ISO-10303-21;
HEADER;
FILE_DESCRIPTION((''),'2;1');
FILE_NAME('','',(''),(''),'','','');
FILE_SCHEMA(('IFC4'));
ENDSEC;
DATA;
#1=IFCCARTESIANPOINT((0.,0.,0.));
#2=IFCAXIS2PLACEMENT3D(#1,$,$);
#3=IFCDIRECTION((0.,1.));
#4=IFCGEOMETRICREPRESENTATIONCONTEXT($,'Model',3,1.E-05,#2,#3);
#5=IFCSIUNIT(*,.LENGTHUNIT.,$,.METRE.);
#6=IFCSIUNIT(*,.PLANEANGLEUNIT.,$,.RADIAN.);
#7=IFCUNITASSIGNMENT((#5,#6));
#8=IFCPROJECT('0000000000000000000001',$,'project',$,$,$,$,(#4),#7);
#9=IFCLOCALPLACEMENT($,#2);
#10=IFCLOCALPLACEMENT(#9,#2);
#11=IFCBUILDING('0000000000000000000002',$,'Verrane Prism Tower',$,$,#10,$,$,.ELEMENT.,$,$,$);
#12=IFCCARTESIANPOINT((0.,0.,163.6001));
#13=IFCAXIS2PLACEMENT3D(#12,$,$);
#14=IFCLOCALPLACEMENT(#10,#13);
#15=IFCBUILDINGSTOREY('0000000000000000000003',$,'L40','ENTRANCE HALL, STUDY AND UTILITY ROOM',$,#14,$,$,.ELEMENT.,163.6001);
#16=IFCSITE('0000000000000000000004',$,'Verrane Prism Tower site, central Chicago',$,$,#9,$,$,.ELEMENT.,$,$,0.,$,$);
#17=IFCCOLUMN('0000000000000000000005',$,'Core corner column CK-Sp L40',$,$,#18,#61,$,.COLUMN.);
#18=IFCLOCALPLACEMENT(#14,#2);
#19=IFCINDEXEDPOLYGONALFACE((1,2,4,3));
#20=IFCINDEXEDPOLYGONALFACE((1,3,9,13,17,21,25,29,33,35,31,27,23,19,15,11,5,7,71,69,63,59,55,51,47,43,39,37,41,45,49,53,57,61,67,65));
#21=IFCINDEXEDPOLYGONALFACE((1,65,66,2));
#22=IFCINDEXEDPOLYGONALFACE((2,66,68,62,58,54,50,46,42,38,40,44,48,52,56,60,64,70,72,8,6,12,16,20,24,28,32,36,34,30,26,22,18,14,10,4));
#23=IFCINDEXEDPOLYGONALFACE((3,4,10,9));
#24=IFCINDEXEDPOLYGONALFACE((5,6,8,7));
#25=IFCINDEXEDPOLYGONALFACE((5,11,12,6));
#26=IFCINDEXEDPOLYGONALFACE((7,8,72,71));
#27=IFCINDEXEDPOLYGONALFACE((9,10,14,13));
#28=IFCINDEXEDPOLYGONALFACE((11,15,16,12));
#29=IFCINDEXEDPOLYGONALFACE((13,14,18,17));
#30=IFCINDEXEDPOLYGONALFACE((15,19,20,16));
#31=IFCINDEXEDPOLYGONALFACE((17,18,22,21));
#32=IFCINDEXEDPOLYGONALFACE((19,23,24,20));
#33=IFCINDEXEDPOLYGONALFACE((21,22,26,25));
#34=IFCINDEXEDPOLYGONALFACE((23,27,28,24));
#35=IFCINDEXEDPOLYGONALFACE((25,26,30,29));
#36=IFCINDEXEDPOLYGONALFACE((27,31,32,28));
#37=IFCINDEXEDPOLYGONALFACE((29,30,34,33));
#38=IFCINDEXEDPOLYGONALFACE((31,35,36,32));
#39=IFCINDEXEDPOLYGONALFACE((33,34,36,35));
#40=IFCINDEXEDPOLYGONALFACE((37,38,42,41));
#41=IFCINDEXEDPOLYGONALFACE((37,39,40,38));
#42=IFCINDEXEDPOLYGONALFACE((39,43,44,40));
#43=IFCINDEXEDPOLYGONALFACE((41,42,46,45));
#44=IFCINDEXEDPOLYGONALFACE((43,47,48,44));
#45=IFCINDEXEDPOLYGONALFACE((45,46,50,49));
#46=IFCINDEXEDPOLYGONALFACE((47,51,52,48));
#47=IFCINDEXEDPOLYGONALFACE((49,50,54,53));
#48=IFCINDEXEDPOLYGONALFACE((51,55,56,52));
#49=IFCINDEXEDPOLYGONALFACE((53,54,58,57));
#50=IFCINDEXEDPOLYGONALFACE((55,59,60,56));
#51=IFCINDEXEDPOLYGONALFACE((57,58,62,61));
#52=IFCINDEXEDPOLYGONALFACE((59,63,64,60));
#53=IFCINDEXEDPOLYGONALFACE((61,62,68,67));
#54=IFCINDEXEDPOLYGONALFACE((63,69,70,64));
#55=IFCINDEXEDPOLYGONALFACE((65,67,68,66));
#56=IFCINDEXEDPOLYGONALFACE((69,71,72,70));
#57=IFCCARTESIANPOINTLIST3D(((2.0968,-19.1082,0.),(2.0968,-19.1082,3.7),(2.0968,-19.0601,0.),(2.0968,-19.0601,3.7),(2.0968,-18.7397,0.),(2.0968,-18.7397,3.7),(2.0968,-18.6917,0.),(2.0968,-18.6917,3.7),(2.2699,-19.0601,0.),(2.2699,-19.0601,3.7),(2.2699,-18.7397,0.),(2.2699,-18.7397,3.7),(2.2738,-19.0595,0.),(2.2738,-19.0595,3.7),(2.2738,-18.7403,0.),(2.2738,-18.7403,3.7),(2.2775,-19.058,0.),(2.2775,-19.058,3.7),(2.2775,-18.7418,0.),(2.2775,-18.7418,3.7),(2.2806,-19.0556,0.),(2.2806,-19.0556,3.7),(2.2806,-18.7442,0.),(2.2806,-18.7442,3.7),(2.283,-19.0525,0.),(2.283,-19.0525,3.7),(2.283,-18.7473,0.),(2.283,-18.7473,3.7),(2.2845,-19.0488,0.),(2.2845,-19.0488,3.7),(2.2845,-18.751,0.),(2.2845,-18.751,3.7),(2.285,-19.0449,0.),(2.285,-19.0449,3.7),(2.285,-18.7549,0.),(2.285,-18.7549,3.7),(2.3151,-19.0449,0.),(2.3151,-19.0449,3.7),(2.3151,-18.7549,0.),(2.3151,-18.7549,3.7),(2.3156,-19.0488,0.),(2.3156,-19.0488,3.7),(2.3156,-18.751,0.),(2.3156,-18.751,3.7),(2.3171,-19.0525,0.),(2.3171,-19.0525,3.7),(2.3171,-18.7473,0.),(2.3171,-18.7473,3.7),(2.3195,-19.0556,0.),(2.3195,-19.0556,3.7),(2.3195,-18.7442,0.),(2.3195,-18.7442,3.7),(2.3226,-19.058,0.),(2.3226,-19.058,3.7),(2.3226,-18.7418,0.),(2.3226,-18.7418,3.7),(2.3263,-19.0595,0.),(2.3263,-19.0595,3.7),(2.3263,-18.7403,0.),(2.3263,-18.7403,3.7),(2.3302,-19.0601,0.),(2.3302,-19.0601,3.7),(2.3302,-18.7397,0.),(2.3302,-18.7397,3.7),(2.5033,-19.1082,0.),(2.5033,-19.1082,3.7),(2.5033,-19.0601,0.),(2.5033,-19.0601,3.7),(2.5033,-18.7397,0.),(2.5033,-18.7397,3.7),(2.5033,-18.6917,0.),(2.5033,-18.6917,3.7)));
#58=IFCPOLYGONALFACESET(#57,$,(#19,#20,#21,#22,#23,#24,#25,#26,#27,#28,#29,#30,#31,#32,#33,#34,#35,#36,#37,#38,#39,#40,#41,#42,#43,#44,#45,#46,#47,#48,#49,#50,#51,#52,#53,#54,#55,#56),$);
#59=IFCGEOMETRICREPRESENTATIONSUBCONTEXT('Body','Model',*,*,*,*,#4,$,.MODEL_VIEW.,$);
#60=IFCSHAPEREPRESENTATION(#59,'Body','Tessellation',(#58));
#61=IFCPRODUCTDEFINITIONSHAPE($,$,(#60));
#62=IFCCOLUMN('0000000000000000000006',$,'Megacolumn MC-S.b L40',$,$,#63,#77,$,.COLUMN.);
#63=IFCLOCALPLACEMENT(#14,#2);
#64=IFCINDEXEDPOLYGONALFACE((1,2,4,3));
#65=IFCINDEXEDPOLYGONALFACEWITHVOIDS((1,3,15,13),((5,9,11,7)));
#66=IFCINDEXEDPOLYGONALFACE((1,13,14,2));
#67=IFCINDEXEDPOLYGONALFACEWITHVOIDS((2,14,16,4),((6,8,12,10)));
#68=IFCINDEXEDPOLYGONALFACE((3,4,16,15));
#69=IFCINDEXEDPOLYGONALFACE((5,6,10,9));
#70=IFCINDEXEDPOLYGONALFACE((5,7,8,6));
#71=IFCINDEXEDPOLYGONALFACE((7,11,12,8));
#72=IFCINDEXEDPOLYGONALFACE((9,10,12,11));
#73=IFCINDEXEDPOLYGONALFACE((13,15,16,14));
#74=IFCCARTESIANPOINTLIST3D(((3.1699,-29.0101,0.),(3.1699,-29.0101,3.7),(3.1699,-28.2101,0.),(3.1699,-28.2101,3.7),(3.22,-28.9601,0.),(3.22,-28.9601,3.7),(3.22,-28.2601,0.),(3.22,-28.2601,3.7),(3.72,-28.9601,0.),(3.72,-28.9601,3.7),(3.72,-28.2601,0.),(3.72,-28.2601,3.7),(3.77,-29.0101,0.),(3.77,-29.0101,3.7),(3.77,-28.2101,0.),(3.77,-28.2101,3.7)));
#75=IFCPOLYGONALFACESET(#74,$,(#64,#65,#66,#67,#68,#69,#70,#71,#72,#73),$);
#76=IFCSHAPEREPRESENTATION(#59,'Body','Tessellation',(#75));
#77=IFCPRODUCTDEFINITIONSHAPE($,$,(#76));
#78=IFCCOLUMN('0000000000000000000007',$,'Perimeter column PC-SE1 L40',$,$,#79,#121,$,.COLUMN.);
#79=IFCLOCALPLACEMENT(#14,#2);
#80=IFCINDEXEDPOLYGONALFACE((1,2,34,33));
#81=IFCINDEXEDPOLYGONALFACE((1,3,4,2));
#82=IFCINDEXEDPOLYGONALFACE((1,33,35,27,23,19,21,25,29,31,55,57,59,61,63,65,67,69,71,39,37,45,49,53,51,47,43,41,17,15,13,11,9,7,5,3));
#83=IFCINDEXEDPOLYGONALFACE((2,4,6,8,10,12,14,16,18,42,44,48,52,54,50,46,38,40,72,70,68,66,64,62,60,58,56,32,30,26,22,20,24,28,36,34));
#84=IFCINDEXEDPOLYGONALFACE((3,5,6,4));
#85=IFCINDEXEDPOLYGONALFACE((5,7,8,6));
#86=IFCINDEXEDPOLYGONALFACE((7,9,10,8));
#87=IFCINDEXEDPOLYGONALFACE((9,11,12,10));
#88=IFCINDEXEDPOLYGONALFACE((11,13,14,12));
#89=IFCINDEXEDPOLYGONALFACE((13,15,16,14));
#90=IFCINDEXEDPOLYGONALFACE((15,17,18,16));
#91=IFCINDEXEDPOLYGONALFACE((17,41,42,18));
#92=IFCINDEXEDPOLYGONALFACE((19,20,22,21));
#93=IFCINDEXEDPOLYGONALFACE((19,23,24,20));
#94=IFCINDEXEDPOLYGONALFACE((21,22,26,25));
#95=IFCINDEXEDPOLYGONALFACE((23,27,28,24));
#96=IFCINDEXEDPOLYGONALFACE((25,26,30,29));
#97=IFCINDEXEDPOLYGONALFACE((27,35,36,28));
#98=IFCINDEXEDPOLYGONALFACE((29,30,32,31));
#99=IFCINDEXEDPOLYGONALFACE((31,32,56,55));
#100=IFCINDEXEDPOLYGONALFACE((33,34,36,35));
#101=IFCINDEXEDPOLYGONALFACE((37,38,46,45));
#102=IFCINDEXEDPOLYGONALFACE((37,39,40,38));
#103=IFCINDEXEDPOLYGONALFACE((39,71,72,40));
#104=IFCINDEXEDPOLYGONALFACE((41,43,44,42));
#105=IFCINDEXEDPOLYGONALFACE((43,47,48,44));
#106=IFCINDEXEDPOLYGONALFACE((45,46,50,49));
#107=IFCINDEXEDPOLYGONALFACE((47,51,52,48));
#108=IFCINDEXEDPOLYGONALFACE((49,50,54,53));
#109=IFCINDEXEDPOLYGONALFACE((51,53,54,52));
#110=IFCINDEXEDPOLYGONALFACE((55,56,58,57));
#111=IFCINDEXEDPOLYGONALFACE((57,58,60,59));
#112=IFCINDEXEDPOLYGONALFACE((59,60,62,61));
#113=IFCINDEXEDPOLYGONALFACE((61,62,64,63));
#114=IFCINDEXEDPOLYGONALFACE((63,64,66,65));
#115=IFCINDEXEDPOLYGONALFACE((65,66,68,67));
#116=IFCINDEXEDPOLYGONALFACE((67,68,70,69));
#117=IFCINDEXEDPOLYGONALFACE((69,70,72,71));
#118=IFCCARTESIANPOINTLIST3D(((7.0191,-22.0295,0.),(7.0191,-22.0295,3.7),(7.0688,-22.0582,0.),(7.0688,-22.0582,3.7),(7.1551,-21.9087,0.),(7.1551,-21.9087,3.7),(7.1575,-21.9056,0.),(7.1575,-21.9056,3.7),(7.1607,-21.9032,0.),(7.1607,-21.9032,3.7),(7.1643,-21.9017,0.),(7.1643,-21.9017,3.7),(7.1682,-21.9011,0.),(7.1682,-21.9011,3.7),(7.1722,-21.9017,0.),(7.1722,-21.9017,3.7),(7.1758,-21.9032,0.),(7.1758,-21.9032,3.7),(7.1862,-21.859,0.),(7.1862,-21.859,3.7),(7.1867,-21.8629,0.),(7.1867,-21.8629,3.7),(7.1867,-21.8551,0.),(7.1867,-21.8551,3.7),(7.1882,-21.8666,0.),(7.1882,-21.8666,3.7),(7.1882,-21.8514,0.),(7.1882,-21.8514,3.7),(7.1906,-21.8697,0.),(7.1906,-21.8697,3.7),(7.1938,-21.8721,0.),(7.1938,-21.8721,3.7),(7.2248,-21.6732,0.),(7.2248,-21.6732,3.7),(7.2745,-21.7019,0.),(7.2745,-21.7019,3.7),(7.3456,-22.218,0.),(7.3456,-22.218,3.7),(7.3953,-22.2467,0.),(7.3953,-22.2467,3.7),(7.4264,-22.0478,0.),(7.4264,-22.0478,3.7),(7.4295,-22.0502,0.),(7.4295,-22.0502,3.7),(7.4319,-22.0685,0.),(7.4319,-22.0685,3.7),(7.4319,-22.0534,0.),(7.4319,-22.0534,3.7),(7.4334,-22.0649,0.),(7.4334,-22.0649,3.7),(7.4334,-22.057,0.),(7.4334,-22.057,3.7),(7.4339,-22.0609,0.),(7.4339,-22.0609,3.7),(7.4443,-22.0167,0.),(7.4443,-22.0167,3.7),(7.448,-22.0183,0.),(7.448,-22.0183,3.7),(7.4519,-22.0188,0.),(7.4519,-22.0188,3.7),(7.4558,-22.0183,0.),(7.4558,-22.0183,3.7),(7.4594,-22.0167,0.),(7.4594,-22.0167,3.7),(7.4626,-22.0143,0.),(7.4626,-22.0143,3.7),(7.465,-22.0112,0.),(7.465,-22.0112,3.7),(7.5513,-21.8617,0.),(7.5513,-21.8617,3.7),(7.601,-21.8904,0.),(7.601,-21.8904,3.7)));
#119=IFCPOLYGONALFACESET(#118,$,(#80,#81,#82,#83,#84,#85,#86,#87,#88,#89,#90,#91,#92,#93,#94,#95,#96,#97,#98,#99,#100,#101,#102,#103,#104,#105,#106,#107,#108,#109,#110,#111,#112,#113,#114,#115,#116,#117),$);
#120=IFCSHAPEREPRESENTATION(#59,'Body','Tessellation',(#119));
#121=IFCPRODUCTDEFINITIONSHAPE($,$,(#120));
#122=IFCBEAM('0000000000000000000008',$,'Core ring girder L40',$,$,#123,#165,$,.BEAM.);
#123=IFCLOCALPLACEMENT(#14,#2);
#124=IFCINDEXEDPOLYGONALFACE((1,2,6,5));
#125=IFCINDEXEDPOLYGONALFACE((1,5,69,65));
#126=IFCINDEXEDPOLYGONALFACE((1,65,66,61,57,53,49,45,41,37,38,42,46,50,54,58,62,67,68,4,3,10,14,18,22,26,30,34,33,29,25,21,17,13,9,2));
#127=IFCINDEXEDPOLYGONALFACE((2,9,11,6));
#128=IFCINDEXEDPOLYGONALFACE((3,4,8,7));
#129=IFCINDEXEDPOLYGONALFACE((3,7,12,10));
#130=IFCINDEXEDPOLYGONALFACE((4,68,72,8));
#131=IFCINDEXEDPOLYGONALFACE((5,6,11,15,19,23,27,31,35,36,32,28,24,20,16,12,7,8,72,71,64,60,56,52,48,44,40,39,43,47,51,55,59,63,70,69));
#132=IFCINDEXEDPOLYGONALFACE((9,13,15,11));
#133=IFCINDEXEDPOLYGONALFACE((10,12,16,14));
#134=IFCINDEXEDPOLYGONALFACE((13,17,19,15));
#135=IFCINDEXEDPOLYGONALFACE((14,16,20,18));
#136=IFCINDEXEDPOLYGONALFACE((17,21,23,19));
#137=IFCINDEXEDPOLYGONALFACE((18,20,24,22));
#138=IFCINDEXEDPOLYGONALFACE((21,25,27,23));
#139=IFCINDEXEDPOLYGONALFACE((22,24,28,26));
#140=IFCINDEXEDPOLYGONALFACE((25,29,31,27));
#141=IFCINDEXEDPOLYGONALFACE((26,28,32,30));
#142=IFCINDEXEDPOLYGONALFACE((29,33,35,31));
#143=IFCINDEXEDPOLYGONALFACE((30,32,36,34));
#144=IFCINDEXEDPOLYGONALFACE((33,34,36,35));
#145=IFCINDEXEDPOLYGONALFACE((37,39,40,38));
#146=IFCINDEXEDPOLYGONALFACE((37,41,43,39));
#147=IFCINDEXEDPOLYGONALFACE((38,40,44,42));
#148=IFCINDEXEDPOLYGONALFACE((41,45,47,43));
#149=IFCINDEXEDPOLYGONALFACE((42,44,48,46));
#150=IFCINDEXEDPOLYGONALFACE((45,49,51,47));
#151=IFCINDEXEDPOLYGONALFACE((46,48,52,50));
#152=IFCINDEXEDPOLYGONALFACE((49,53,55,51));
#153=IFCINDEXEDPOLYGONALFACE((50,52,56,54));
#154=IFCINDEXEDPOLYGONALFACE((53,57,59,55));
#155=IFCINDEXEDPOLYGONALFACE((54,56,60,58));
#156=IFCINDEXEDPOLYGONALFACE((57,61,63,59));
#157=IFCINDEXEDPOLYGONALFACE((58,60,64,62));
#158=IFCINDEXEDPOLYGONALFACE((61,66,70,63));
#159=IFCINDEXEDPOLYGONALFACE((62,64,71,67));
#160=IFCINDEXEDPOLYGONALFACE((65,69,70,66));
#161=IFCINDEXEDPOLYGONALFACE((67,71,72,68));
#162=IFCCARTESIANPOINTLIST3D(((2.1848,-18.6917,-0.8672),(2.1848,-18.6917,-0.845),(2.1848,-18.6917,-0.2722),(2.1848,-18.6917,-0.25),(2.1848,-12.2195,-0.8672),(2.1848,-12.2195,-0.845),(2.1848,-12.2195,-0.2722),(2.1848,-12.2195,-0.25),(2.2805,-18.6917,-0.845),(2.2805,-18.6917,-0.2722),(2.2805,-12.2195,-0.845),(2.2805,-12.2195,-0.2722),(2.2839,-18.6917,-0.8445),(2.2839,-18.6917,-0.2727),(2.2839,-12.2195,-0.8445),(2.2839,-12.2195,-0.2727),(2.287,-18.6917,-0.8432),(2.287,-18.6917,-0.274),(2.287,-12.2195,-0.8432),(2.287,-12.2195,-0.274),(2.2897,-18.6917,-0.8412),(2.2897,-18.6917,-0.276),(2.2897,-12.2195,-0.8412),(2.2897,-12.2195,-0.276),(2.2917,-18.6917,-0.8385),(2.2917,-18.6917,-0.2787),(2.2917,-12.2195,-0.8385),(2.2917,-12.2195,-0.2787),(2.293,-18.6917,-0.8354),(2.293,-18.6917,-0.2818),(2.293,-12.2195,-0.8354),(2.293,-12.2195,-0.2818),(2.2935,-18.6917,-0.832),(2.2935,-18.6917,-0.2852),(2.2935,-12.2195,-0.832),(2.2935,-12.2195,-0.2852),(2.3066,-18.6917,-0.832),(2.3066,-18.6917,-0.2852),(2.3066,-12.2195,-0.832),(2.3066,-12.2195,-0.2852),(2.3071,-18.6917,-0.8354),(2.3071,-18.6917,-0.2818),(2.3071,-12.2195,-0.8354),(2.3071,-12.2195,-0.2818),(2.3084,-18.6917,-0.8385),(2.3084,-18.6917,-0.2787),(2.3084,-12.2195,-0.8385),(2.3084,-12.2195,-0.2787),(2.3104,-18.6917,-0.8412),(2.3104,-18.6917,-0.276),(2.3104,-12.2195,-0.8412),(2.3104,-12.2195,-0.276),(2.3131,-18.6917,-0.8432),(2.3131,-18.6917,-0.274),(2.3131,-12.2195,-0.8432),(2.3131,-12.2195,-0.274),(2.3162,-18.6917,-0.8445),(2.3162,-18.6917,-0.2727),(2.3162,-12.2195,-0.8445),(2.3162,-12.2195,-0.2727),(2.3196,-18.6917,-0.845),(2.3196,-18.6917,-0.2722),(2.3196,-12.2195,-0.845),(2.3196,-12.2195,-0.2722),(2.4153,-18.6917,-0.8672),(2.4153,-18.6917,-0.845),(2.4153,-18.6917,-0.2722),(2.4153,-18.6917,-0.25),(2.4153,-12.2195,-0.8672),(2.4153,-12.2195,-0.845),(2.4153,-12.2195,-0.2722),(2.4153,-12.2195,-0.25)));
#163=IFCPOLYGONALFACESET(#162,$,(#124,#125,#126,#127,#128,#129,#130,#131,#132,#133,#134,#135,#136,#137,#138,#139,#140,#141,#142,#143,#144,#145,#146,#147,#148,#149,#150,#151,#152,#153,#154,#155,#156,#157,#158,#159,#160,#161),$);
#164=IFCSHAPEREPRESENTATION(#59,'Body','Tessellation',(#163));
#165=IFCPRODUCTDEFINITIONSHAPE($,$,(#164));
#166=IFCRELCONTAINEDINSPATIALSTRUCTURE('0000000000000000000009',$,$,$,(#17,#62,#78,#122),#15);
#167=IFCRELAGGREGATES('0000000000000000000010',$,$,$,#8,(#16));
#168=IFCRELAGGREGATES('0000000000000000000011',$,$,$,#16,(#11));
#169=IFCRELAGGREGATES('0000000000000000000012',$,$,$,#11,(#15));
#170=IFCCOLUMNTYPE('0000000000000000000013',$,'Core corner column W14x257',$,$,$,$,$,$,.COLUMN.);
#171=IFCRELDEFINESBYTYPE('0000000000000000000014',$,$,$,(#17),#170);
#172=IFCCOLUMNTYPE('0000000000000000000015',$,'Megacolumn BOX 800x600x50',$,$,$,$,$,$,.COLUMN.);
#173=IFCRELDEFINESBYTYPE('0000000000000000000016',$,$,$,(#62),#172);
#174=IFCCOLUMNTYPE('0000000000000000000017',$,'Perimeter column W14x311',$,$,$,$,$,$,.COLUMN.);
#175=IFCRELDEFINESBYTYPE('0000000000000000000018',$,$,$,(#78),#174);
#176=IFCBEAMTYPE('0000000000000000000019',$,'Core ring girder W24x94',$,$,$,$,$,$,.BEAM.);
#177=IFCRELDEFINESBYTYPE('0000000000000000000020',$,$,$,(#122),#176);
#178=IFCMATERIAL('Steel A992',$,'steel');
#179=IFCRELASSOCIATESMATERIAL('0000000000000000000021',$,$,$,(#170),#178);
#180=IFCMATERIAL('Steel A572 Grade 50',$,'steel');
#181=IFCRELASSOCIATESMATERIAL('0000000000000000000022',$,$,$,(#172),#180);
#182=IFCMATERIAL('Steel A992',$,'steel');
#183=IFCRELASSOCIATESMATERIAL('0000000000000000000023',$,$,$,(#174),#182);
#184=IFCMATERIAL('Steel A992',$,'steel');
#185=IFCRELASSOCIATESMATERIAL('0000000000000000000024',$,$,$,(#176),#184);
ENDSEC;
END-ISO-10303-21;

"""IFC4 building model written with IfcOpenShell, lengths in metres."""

from ifc_helpers import new_model, si_unit, direction, frame, origin, origin_2d, place, context, subcontext, project, spatial, hollow_rectangle, i_section, extrude, material, material_profile, profile_set, type_object, element, save


model = new_model("IFC4")

# Units and contexts
model_context = context("Model", 3, precision=1e-05, world=origin(), true_north=direction((0.0, 1.0)))
body_context = subcontext(model_context, "Body", "Model", "MODEL_VIEW")
ifc_project = project(units=[si_unit("LENGTHUNIT", "METRE"), si_unit("PLANEANGLEUNIT", "RADIAN")], contexts=[model_context])

# Site, building, storey
site_placement = place(None, origin())
site = spatial("IfcSite", under=ifc_project, at=site_placement, Name="Verrane Prism Tower site, central Chicago", CompositionType="ELEMENT", RefElevation=0.0)
building_placement = place(site_placement, origin())
building = spatial("IfcBuilding", under=site, at=building_placement, Name="Verrane Prism Tower", CompositionType="ELEMENT")
storey_placement = place(building_placement, frame((0.0, 0.0, 163.6001)))
storey = spatial("IfcBuildingStorey", under=building, at=storey_placement, Name="L40", Description="ENTRANCE HALL, STUDY AND UTILITY ROOM", CompositionType="ELEMENT", Elevation=163.6001)

# Columns
ifc_material_1 = material(Name="Steel A992", Category="steel")
ifc_material_profile_1 = material_profile(ifc_material_1, i_section(OverallWidth=0.4065, OverallDepth=0.4165, WebThickness=0.03, FlangeThickness=0.0481, FilletRadius=0.0151, at=origin_2d()), Name="W14x257")
ifc_profile_set_1 = profile_set([ifc_material_profile_1], Name="Steel A992")
column_type_1 = type_object("IfcColumnType", Name="Core corner column W14x257", PredefinedType="COLUMN", material=ifc_profile_set_1)
column_1_placement = place(storey_placement, frame((2.3, -18.8999, 0.0), z_axis=(0.0, 0.0, 1.0), x_axis=(-1.0, 0.0, 0.0)))
element("IfcColumn", 1, at=column_1_placement, inside=storey, type_object=column_type_1, Name="Core corner column CK-Sp L40", PredefinedType="COLUMN", context=body_context, shape_type="SweptSolid", body=[
    extrude(i_section(OverallWidth=0.4065, OverallDepth=0.4165, WebThickness=0.03, FlangeThickness=0.0481, FilletRadius=0.0151, at=origin_2d()), origin(), (0.0, 0.0, 1.0), 3.7),
])
ifc_material_2 = material(Name="Steel A572 Grade 50", Category="steel")
ifc_material_profile_2 = material_profile(ifc_material_2, hollow_rectangle(XDim=0.6001, YDim=0.8, WallThickness=0.05, at=origin_2d()), Name="BOX 800x600x50")
ifc_profile_set_2 = profile_set([ifc_material_profile_2], Name="Steel A572 Grade 50")
column_type_2 = type_object("IfcColumnType", Name="Megacolumn BOX 800x600x50", PredefinedType="COLUMN", material=ifc_profile_set_2)
column_2_placement = place(storey_placement, frame((3.47, -28.6101, 0.0), z_axis=(0.0, 0.0, 1.0), x_axis=(-1.0, 0.0, 0.0)))
element("IfcColumn", 2, at=column_2_placement, inside=storey, type_object=column_type_2, Name="Megacolumn MC-S.b L40", PredefinedType="COLUMN", context=body_context, shape_type="SweptSolid", body=[
    extrude(hollow_rectangle(XDim=0.6001, YDim=0.8, WallThickness=0.05, at=origin_2d()), origin(), (0.0, 0.0, 1.0), 3.7),
])
ifc_material_3 = material(Name="Steel A992", Category="steel")
ifc_material_profile_3 = material_profile(ifc_material_3, i_section(OverallWidth=0.4114, OverallDepth=0.4343, WebThickness=0.0359, FlangeThickness=0.0574, FilletRadius=0.0151, at=origin_2d()), Name="W14x311")
ifc_profile_set_3 = profile_set([ifc_material_profile_3], Name="Steel A992")
column_type_3 = type_object("IfcColumnType", Name="Perimeter column W14x311", PredefinedType="COLUMN", material=ifc_profile_set_3)
column_3_placement = place(storey_placement, frame((7.3101, -21.96, 0.0), z_axis=(0.0, 0.0, 1.0), x_axis=(-0.5, -0.866025, 0.0)))
element("IfcColumn", 3, at=column_3_placement, inside=storey, type_object=column_type_3, Name="Perimeter column PC-SE1 L40", PredefinedType="COLUMN", context=body_context, shape_type="SweptSolid", body=[
    extrude(i_section(OverallWidth=0.4114, OverallDepth=0.4343, WebThickness=0.0359, FlangeThickness=0.0574, FilletRadius=0.0151, at=origin_2d()), origin(), (0.0, 0.0, 1.0), 3.7),
])

# Beam
ifc_material_4 = material(Name="Steel A992", Category="steel")
ifc_material_profile_4 = material_profile(ifc_material_4, i_section(OverallWidth=0.2305, OverallDepth=0.6172, WebThickness=0.0132, FlangeThickness=0.0222, FilletRadius=0.0129, at=origin_2d()), Name="W24x94")
ifc_profile_set_4 = profile_set([ifc_material_profile_4], Name="Steel A992")
beam_type_1 = type_object("IfcBeamType", Name="Core ring girder W24x94", PredefinedType="BEAM", material=ifc_profile_set_4)
beam_1_placement = place(storey_placement, frame((2.3, -18.6917, -0.5586), z_axis=(0.0, 1.0, 0.0), x_axis=(-1.0, 0.0, 0.0)))
element("IfcBeam", 4, at=beam_1_placement, inside=storey, type_object=beam_type_1, Name="Core ring girder L40", PredefinedType="BEAM", context=body_context, shape_type="SweptSolid", body=[
    extrude(i_section(OverallWidth=0.2305, OverallDepth=0.6172, WebThickness=0.0132, FlangeThickness=0.0222, FilletRadius=0.0129, at=origin_2d()), origin(), (0.0, 0.0, 1.0), 6.4722),
])

save(model, "model.ifc")
